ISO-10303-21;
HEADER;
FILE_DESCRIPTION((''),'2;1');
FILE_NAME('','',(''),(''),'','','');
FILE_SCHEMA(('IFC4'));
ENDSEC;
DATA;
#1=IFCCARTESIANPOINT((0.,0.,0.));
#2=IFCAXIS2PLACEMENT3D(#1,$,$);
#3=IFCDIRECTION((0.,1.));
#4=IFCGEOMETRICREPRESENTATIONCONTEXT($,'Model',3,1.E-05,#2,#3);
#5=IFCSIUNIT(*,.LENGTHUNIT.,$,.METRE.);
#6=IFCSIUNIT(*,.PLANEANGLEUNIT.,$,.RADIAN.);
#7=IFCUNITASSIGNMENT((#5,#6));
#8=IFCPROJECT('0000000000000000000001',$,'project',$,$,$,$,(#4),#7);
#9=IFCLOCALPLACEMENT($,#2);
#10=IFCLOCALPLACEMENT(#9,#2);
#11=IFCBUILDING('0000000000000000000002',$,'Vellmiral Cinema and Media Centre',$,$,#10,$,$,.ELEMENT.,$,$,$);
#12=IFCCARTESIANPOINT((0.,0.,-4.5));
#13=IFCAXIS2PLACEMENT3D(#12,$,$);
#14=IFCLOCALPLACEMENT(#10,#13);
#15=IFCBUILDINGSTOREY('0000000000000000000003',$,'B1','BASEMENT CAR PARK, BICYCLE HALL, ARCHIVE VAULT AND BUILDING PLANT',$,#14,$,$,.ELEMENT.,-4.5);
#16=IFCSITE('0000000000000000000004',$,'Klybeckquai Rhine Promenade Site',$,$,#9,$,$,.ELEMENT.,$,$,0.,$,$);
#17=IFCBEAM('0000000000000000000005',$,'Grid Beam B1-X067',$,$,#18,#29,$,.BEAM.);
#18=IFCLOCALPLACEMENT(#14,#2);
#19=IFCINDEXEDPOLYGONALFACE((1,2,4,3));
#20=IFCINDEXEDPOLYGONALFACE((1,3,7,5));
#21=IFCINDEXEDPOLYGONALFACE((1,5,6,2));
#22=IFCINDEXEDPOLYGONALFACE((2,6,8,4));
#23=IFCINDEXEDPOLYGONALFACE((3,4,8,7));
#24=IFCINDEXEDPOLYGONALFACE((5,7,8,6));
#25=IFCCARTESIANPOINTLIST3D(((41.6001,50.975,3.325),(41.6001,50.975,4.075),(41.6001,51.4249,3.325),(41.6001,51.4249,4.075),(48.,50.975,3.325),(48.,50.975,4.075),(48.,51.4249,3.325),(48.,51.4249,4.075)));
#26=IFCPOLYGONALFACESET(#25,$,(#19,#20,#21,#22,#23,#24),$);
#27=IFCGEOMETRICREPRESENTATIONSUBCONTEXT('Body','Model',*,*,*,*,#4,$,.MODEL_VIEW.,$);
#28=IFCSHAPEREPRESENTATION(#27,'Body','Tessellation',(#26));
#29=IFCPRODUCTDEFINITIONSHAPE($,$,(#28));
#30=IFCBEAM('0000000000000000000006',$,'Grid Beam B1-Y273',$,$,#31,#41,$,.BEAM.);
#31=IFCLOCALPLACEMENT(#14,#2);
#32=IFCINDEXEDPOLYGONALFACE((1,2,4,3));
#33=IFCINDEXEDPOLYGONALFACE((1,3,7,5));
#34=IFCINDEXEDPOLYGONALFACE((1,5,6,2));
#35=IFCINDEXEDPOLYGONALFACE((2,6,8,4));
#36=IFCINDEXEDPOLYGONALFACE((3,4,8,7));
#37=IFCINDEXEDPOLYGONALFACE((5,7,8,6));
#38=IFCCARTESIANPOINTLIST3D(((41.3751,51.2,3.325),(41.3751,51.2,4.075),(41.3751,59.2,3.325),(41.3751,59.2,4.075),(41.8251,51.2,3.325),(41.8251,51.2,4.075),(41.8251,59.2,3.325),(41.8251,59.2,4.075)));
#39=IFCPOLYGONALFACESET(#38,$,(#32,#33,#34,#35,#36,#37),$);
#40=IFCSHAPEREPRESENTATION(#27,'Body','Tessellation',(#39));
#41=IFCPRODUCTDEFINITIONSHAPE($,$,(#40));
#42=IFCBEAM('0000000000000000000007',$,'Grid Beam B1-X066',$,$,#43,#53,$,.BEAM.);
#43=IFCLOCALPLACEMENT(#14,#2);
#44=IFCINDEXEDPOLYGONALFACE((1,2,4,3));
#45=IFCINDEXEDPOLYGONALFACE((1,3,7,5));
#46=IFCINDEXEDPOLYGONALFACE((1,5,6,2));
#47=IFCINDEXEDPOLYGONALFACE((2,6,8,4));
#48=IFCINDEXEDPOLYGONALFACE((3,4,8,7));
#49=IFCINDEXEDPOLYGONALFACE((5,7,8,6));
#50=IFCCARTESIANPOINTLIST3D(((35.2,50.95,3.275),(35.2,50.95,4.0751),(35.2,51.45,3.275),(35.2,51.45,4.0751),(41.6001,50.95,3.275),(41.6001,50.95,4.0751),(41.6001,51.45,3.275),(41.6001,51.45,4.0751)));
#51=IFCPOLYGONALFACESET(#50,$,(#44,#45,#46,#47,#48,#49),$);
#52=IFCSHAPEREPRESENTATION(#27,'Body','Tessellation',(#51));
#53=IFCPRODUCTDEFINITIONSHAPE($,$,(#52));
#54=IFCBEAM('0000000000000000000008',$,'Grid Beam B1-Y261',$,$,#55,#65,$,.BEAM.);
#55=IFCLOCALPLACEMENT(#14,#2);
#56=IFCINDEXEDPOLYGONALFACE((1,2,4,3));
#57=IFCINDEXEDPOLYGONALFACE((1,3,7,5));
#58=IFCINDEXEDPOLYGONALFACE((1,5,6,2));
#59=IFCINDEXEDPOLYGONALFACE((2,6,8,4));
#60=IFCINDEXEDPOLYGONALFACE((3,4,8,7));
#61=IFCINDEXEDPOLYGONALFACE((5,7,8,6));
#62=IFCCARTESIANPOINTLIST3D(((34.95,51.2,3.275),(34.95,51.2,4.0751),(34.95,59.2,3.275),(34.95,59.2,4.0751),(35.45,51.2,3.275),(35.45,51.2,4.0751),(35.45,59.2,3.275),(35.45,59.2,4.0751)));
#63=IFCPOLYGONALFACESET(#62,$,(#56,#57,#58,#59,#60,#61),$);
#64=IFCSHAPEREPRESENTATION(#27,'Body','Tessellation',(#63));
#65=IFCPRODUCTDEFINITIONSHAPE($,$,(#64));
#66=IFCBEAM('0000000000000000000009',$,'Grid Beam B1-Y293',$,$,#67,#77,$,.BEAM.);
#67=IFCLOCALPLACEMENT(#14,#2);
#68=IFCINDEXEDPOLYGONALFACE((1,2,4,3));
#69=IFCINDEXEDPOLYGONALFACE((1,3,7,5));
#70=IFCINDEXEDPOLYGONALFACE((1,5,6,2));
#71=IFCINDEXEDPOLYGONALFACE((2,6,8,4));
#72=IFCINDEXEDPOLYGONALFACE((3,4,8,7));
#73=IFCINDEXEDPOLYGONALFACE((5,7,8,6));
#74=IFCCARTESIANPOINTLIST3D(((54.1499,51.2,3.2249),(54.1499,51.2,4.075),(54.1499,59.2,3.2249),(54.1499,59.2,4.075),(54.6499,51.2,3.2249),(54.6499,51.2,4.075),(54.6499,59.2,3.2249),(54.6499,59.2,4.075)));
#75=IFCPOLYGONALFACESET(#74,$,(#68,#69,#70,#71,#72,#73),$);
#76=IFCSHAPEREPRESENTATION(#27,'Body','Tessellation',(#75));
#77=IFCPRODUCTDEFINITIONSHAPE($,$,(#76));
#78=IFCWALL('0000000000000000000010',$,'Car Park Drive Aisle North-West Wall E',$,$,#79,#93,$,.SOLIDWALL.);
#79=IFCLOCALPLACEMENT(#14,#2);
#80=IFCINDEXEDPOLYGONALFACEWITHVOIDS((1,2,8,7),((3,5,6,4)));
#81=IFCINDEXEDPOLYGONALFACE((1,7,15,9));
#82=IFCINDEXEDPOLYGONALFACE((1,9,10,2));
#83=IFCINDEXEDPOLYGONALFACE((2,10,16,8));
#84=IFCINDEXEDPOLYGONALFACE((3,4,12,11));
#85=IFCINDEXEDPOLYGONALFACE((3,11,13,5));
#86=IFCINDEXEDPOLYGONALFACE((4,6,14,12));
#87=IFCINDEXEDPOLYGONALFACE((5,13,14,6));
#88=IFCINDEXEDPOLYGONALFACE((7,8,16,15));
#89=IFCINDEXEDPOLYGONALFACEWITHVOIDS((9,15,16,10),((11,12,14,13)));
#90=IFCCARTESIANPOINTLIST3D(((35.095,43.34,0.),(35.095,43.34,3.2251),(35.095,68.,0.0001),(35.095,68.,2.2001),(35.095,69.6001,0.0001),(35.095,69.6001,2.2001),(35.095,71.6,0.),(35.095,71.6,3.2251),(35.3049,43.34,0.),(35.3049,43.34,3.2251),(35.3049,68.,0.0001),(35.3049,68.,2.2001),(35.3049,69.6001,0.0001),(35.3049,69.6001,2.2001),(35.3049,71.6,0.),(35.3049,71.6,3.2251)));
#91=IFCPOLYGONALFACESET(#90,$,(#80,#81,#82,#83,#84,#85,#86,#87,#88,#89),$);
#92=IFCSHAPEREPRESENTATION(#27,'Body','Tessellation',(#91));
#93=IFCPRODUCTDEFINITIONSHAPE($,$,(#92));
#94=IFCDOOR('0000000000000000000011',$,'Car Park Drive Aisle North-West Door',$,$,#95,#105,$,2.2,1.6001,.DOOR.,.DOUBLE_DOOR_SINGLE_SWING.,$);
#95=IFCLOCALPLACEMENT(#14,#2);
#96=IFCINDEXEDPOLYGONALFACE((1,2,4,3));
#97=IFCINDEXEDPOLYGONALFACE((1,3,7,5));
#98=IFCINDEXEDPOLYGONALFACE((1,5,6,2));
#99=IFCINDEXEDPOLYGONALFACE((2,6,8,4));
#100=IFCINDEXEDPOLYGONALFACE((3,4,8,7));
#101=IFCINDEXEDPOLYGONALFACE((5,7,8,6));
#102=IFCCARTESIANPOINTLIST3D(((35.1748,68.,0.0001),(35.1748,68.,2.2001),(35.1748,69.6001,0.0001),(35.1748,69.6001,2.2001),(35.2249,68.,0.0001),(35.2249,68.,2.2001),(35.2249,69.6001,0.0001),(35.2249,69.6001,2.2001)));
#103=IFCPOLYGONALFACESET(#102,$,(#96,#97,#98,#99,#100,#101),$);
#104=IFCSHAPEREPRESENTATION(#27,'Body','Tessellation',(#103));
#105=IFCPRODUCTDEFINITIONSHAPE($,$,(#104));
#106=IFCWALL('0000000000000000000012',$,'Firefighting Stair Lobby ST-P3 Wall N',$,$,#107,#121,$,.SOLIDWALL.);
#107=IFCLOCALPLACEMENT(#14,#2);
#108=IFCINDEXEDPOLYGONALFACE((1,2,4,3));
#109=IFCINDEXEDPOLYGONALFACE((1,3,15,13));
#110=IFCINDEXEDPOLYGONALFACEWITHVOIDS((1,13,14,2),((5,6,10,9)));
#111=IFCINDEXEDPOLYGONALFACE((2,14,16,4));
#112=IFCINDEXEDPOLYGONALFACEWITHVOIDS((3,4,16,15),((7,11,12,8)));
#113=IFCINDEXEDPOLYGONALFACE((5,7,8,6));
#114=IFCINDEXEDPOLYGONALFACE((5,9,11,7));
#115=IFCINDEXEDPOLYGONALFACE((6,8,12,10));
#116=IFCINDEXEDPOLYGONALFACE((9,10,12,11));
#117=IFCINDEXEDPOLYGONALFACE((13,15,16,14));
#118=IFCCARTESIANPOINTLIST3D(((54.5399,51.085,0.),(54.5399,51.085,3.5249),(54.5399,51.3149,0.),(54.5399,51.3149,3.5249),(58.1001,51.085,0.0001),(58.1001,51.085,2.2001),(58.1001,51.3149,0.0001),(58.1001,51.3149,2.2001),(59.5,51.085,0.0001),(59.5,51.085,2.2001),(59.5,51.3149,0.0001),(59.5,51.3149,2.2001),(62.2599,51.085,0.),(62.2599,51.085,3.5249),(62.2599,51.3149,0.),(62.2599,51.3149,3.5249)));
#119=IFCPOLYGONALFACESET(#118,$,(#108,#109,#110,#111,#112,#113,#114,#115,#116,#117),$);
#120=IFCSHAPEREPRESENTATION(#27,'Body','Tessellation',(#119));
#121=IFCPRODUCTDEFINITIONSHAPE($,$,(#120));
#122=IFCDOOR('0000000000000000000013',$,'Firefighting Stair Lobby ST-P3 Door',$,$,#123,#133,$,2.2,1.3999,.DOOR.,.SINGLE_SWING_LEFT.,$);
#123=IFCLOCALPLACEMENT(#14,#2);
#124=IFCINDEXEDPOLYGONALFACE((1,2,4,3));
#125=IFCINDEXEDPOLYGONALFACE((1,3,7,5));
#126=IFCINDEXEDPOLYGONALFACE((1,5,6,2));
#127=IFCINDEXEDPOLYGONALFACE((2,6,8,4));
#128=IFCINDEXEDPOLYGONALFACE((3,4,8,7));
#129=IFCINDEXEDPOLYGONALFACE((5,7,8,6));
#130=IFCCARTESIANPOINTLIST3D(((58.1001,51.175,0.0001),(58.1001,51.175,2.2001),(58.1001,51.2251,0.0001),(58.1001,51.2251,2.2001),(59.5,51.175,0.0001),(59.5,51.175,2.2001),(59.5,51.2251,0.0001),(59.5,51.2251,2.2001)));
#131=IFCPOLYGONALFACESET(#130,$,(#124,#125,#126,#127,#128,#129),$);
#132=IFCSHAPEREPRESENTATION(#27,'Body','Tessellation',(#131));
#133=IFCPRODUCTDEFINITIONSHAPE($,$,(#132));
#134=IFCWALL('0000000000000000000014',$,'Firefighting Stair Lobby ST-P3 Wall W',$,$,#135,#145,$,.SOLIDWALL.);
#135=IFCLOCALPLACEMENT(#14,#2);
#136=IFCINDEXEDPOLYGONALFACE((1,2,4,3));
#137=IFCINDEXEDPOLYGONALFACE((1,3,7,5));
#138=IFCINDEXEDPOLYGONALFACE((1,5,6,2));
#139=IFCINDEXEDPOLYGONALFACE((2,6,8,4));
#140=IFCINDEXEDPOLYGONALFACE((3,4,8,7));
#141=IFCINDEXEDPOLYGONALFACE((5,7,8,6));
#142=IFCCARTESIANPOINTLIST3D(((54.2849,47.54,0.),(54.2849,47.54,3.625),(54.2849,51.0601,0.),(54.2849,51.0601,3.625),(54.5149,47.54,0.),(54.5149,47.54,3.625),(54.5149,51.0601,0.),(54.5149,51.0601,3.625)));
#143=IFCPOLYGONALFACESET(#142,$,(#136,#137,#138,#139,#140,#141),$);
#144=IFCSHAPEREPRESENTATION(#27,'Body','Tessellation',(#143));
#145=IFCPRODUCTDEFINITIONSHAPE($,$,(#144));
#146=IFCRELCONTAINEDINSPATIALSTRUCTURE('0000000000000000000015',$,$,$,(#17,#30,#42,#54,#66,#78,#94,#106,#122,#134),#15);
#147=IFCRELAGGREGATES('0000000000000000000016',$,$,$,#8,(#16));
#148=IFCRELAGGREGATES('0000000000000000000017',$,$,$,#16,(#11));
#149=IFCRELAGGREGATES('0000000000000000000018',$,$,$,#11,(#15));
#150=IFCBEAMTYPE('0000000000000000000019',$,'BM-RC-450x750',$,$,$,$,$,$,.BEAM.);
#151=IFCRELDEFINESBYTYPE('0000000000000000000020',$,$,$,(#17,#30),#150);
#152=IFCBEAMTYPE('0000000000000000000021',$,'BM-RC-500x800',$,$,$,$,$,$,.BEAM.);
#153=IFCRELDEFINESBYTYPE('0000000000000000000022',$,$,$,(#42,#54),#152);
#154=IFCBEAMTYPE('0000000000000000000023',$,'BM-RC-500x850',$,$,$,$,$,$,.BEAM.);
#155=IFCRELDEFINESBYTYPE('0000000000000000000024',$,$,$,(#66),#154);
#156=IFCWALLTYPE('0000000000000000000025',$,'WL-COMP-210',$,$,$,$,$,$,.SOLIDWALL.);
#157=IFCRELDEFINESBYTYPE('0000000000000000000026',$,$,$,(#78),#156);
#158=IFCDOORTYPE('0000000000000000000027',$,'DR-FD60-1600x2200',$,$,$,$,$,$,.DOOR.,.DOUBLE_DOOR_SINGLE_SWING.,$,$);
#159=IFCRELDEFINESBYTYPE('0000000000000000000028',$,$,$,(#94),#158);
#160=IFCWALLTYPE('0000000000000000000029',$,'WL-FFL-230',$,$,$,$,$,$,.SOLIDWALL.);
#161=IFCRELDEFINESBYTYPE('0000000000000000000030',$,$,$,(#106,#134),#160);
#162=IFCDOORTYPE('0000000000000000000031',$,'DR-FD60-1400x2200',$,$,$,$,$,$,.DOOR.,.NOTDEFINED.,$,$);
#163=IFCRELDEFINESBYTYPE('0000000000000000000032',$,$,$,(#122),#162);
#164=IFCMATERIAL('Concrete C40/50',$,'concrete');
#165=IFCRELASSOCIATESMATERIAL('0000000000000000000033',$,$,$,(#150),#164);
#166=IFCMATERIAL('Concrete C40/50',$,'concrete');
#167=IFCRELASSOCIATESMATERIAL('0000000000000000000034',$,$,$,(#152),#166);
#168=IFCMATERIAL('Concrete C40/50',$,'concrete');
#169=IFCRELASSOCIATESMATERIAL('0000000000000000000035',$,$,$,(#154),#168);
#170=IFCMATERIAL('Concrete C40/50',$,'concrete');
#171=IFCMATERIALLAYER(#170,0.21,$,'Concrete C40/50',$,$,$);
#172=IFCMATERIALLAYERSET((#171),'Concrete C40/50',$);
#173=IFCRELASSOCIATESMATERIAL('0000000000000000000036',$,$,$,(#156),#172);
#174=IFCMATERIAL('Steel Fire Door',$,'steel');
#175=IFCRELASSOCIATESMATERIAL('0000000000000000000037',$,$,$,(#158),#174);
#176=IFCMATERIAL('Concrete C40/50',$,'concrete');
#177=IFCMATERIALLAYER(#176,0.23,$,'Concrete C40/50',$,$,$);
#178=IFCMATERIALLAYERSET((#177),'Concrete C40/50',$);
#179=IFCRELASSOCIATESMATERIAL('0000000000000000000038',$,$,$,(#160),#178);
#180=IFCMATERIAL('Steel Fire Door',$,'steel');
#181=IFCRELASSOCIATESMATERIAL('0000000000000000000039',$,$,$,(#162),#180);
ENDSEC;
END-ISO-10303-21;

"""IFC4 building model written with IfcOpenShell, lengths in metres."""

from ifc_helpers import new_model, si_unit, direction, frame, frame_2d, origin, origin_2d, place, context, subcontext, project, spatial, rectangle, extrude, material, layer, layer_set, material_profile, profile_set, type_object, element, fill, save


model = new_model("IFC4")

# Units and contexts
model_context = context("Model", 3, precision=1e-05, world=origin(), true_north=direction((0.0, 1.0)))
body_context = subcontext(model_context, "Body", "Model", "MODEL_VIEW")
ifc_project = project(units=[si_unit("LENGTHUNIT", "METRE"), si_unit("PLANEANGLEUNIT", "RADIAN")], contexts=[model_context])

# Site, building, storey
site_placement = place(None, origin())
site = spatial("IfcSite", under=ifc_project, at=site_placement, Name="Klybeckquai Rhine Promenade Site", CompositionType="ELEMENT", RefElevation=0.0)
building_placement = place(site_placement, origin())
building = spatial("IfcBuilding", under=site, at=building_placement, Name="Vellmiral Cinema and Media Centre", CompositionType="ELEMENT")
storey_placement = place(building_placement, frame((0.0, 0.0, -4.5)))
storey = spatial("IfcBuildingStorey", under=building, at=storey_placement, Name="B1", Description="BASEMENT CAR PARK, BICYCLE HALL, ARCHIVE VAULT AND BUILDING PLANT", CompositionType="ELEMENT", Elevation=-4.5)

# Beams
ifc_material_1 = material(Name="Concrete C40/50", Category="concrete")
ifc_material_profile_1 = material_profile(ifc_material_1, rectangle(XDim=0.45, YDim=0.75, at=origin_2d()), Name="RC 450x750")
ifc_profile_set_1 = profile_set([ifc_material_profile_1], Name="Concrete C40/50")
beam_type_1 = type_object("IfcBeamType", Name="BM-RC-450x750", PredefinedType="BEAM", material=ifc_profile_set_1)
beam_1_placement = place(storey_placement, frame((41.6001, 51.2, 3.7), z_axis=(1.0, 0.0, 0.0), x_axis=(0.0, 1.0, 0.0)))
element("IfcBeam", 1, at=beam_1_placement, inside=storey, type_object=beam_type_1, Name="Grid Beam B1-X067", PredefinedType="BEAM", context=body_context, shape_type="SweptSolid", body=[
    extrude(rectangle(XDim=0.45, YDim=0.75, at=origin_2d()), origin(), (0.0, 0.0, 1.0), 6.3999),
])
beam_2_placement = place(storey_placement, frame((41.6001, 51.2, 3.7), z_axis=(0.0, 1.0, 0.0), x_axis=(-1.0, 0.0, 0.0)))
element("IfcBeam", 2, at=beam_2_placement, inside=storey, type_object=beam_type_1, Name="Grid Beam B1-Y273", PredefinedType="BEAM", context=body_context, shape_type="SweptSolid", body=[
    extrude(rectangle(XDim=0.45, YDim=0.75, at=origin_2d()), origin(), (0.0, 0.0, 1.0), 8.0),
])
ifc_material_2 = material(Name="Concrete C40/50", Category="concrete")
ifc_material_profile_2 = material_profile(ifc_material_2, rectangle(XDim=0.5, YDim=0.8, at=origin_2d()), Name="RC 500x800")
ifc_profile_set_2 = profile_set([ifc_material_profile_2], Name="Concrete C40/50")
beam_type_2 = type_object("IfcBeamType", Name="BM-RC-500x800", PredefinedType="BEAM", material=ifc_profile_set_2)
beam_3_placement = place(storey_placement, frame((35.2, 51.2, 3.675), z_axis=(1.0, 0.0, 0.0), x_axis=(0.0, 1.0, 0.0)))
element("IfcBeam", 3, at=beam_3_placement, inside=storey, type_object=beam_type_2, Name="Grid Beam B1-X066", PredefinedType="BEAM", context=body_context, shape_type="SweptSolid", body=[
    extrude(rectangle(XDim=0.5, YDim=0.8, at=origin_2d()), origin(), (0.0, 0.0, 1.0), 6.4001),
])
beam_4_placement = place(storey_placement, frame((35.2, 51.2, 3.675), z_axis=(0.0, 1.0, 0.0), x_axis=(-1.0, 0.0, 0.0)))
element("IfcBeam", 4, at=beam_4_placement, inside=storey, type_object=beam_type_2, Name="Grid Beam B1-Y261", PredefinedType="BEAM", context=body_context, shape_type="SweptSolid", body=[
    extrude(rectangle(XDim=0.5, YDim=0.8, at=origin_2d()), origin(), (0.0, 0.0, 1.0), 8.0),
])
ifc_material_3 = material(Name="Concrete C40/50", Category="concrete")
ifc_material_profile_3 = material_profile(ifc_material_3, rectangle(XDim=0.5, YDim=0.8501, at=origin_2d()), Name="RC 500x850")
ifc_profile_set_3 = profile_set([ifc_material_profile_3], Name="Concrete C40/50")
beam_type_3 = type_object("IfcBeamType", Name="BM-RC-500x850", PredefinedType="BEAM", material=ifc_profile_set_3)
beam_5_placement = place(storey_placement, frame((54.3999, 51.2, 3.6499), z_axis=(0.0, 1.0, 0.0), x_axis=(-1.0, 0.0, 0.0)))
element("IfcBeam", 5, at=beam_5_placement, inside=storey, type_object=beam_type_3, Name="Grid Beam B1-Y293", PredefinedType="BEAM", context=body_context, shape_type="SweptSolid", body=[
    extrude(rectangle(XDim=0.5, YDim=0.8501, at=origin_2d()), origin(), (0.0, 0.0, 1.0), 8.0),
])

# Walls, openings, doors
ifc_material_4 = material(Name="Concrete C40/50", Category="concrete")
ifc_layer_1 = layer(ifc_material_4, 0.21, Name="Concrete C40/50")
ifc_layer_set_1 = layer_set([ifc_layer_1], Name="Concrete C40/50")
wall_type_1 = type_object("IfcWallType", Name="WL-COMP-210", PredefinedType="SOLIDWALL", material=ifc_layer_set_1)
wall_1_placement = place(storey_placement, frame((35.2, 43.3401, 0.0), z_axis=(0.0, 0.0, 1.0), x_axis=(0.0, 1.0, 0.0)))
wall_1 = element("IfcWall", 6, at=wall_1_placement, inside=storey, type_object=wall_type_1, Name="Car Park Drive Aisle North-West Wall E", PredefinedType="SOLIDWALL", context=body_context, shape_type="SweptSolid", body=[
    extrude(rectangle(XDim=28.26, YDim=0.21, at=frame_2d((14.1299, 0.0))), origin(), (0.0, 0.0, 1.0), 3.2251),
])
opening_1_placement = place(wall_1_placement, frame((24.6599, 0.0, 0.0)))
opening_1 = element("IfcOpeningElement", 7, at=opening_1_placement, cuts=wall_1, PredefinedType="OPENING", context=body_context, shape_type="SweptSolid", body=[
    extrude(rectangle(XDim=1.6001, YDim=2.2, at=frame_2d((0.8, 1.1001))), frame((0.0, 0.1169, 0.0), z_axis=(0.0, -1.0, 0.0), x_axis=(1.0, 0.0, 0.0)), (0.0, 0.0, 1.0), 0.2339),
])
ifc_material_5 = material(Name="Steel Fire Door", Category="steel")
door_type_1 = type_object("IfcDoorType", Name="DR-FD60-1600x2200", OperationType="DOUBLE_DOOR_SINGLE_SWING", PredefinedType="DOOR", material=ifc_material_5)
door_1_placement = place(opening_1_placement, frame((1.6001, 0.0, 0.0), z_axis=(0.0, 0.0, 1.0), x_axis=(-1.0, 0.0, 0.0)))
door_1 = element("IfcDoor", 8, at=door_1_placement, inside=storey, type_object=door_type_1, Name="Car Park Drive Aisle North-West Door", OperationType="DOUBLE_DOOR_SINGLE_SWING", OverallHeight=2.2, OverallWidth=1.6001, PredefinedType="DOOR", context=body_context, shape_type="SweptSolid", body=[
    extrude(rectangle(XDim=1.6001, YDim=2.2, at=frame_2d((0.8, 1.1001))), frame((0.0, 0.0249, 0.0), z_axis=(0.0, -1.0, 0.0), x_axis=(1.0, 0.0, 0.0)), (0.0, 0.0, 1.0), 0.05),
])
fill(opening_1, door_1)
ifc_material_6 = material(Name="Concrete C40/50", Category="concrete")
ifc_layer_2 = layer(ifc_material_6, 0.23, Name="Concrete C40/50")
ifc_layer_set_2 = layer_set([ifc_layer_2], Name="Concrete C40/50")
wall_type_2 = type_object("IfcWallType", Name="WL-FFL-230", PredefinedType="SOLIDWALL", material=ifc_layer_set_2)
wall_2_placement = place(storey_placement, frame((54.54, 51.2, 0.0), z_axis=(0.0, 0.0, 1.0), x_axis=(1.0, 0.0, 0.0)))
wall_2 = element("IfcWall", 9, at=wall_2_placement, inside=storey, type_object=wall_type_2, Name="Firefighting Stair Lobby ST-P3 Wall N", PredefinedType="SOLIDWALL", context=body_context, shape_type="SweptSolid", body=[
    extrude(rectangle(XDim=7.72, YDim=0.23, at=frame_2d((3.8599, 0.0))), origin(), (0.0, 0.0, 1.0), 3.5249),
])
opening_2_placement = place(wall_2_placement, frame((3.5601, 0.0, 0.0)))
opening_2 = element("IfcOpeningElement", 10, at=opening_2_placement, cuts=wall_2, PredefinedType="OPENING", context=body_context, shape_type="SweptSolid", body=[
    extrude(rectangle(XDim=1.3999, YDim=2.2, at=frame_2d((0.7, 1.1001))), frame((0.0, 0.127, 0.0), z_axis=(0.0, -1.0, 0.0), x_axis=(1.0, 0.0, 0.0)), (0.0, 0.0, 1.0), 0.2539),
])
ifc_material_7 = material(Name="Steel Fire Door", Category="steel")
door_type_2 = type_object("IfcDoorType", Name="DR-FD60-1400x2200", OperationType="NOTDEFINED", PredefinedType="DOOR", material=ifc_material_7)
door_2_placement = place(opening_2_placement, frame((1.3999, 0.0, 0.0), z_axis=(0.0, 0.0, 1.0), x_axis=(-1.0, 0.0, 0.0)))
door_2 = element("IfcDoor", 11, at=door_2_placement, inside=storey, type_object=door_type_2, Name="Firefighting Stair Lobby ST-P3 Door", OperationType="SINGLE_SWING_LEFT", OverallHeight=2.2, OverallWidth=1.3999, PredefinedType="DOOR", context=body_context, shape_type="SweptSolid", body=[
    extrude(rectangle(XDim=1.3999, YDim=2.2, at=frame_2d((0.7, 1.1001))), frame((0.0, 0.0249, 0.0), z_axis=(0.0, -1.0, 0.0), x_axis=(1.0, 0.0, 0.0)), (0.0, 0.0, 1.0), 0.05),
])
fill(opening_2, door_2)

# Wall
wall_3_placement = place(storey_placement, frame((54.3999, 47.54, 0.0), z_axis=(0.0, 0.0, 1.0), x_axis=(0.0, 1.0, 0.0)))
element("IfcWall", 12, at=wall_3_placement, inside=storey, type_object=wall_type_2, Name="Firefighting Stair Lobby ST-P3 Wall W", PredefinedType="SOLIDWALL", context=body_context, shape_type="SweptSolid", body=[
    extrude(rectangle(XDim=3.52, YDim=0.23, at=frame_2d((1.76, 0.0))), origin(), (0.0, 0.0, 1.0), 3.625),
])

save(model, "model.ifc")
